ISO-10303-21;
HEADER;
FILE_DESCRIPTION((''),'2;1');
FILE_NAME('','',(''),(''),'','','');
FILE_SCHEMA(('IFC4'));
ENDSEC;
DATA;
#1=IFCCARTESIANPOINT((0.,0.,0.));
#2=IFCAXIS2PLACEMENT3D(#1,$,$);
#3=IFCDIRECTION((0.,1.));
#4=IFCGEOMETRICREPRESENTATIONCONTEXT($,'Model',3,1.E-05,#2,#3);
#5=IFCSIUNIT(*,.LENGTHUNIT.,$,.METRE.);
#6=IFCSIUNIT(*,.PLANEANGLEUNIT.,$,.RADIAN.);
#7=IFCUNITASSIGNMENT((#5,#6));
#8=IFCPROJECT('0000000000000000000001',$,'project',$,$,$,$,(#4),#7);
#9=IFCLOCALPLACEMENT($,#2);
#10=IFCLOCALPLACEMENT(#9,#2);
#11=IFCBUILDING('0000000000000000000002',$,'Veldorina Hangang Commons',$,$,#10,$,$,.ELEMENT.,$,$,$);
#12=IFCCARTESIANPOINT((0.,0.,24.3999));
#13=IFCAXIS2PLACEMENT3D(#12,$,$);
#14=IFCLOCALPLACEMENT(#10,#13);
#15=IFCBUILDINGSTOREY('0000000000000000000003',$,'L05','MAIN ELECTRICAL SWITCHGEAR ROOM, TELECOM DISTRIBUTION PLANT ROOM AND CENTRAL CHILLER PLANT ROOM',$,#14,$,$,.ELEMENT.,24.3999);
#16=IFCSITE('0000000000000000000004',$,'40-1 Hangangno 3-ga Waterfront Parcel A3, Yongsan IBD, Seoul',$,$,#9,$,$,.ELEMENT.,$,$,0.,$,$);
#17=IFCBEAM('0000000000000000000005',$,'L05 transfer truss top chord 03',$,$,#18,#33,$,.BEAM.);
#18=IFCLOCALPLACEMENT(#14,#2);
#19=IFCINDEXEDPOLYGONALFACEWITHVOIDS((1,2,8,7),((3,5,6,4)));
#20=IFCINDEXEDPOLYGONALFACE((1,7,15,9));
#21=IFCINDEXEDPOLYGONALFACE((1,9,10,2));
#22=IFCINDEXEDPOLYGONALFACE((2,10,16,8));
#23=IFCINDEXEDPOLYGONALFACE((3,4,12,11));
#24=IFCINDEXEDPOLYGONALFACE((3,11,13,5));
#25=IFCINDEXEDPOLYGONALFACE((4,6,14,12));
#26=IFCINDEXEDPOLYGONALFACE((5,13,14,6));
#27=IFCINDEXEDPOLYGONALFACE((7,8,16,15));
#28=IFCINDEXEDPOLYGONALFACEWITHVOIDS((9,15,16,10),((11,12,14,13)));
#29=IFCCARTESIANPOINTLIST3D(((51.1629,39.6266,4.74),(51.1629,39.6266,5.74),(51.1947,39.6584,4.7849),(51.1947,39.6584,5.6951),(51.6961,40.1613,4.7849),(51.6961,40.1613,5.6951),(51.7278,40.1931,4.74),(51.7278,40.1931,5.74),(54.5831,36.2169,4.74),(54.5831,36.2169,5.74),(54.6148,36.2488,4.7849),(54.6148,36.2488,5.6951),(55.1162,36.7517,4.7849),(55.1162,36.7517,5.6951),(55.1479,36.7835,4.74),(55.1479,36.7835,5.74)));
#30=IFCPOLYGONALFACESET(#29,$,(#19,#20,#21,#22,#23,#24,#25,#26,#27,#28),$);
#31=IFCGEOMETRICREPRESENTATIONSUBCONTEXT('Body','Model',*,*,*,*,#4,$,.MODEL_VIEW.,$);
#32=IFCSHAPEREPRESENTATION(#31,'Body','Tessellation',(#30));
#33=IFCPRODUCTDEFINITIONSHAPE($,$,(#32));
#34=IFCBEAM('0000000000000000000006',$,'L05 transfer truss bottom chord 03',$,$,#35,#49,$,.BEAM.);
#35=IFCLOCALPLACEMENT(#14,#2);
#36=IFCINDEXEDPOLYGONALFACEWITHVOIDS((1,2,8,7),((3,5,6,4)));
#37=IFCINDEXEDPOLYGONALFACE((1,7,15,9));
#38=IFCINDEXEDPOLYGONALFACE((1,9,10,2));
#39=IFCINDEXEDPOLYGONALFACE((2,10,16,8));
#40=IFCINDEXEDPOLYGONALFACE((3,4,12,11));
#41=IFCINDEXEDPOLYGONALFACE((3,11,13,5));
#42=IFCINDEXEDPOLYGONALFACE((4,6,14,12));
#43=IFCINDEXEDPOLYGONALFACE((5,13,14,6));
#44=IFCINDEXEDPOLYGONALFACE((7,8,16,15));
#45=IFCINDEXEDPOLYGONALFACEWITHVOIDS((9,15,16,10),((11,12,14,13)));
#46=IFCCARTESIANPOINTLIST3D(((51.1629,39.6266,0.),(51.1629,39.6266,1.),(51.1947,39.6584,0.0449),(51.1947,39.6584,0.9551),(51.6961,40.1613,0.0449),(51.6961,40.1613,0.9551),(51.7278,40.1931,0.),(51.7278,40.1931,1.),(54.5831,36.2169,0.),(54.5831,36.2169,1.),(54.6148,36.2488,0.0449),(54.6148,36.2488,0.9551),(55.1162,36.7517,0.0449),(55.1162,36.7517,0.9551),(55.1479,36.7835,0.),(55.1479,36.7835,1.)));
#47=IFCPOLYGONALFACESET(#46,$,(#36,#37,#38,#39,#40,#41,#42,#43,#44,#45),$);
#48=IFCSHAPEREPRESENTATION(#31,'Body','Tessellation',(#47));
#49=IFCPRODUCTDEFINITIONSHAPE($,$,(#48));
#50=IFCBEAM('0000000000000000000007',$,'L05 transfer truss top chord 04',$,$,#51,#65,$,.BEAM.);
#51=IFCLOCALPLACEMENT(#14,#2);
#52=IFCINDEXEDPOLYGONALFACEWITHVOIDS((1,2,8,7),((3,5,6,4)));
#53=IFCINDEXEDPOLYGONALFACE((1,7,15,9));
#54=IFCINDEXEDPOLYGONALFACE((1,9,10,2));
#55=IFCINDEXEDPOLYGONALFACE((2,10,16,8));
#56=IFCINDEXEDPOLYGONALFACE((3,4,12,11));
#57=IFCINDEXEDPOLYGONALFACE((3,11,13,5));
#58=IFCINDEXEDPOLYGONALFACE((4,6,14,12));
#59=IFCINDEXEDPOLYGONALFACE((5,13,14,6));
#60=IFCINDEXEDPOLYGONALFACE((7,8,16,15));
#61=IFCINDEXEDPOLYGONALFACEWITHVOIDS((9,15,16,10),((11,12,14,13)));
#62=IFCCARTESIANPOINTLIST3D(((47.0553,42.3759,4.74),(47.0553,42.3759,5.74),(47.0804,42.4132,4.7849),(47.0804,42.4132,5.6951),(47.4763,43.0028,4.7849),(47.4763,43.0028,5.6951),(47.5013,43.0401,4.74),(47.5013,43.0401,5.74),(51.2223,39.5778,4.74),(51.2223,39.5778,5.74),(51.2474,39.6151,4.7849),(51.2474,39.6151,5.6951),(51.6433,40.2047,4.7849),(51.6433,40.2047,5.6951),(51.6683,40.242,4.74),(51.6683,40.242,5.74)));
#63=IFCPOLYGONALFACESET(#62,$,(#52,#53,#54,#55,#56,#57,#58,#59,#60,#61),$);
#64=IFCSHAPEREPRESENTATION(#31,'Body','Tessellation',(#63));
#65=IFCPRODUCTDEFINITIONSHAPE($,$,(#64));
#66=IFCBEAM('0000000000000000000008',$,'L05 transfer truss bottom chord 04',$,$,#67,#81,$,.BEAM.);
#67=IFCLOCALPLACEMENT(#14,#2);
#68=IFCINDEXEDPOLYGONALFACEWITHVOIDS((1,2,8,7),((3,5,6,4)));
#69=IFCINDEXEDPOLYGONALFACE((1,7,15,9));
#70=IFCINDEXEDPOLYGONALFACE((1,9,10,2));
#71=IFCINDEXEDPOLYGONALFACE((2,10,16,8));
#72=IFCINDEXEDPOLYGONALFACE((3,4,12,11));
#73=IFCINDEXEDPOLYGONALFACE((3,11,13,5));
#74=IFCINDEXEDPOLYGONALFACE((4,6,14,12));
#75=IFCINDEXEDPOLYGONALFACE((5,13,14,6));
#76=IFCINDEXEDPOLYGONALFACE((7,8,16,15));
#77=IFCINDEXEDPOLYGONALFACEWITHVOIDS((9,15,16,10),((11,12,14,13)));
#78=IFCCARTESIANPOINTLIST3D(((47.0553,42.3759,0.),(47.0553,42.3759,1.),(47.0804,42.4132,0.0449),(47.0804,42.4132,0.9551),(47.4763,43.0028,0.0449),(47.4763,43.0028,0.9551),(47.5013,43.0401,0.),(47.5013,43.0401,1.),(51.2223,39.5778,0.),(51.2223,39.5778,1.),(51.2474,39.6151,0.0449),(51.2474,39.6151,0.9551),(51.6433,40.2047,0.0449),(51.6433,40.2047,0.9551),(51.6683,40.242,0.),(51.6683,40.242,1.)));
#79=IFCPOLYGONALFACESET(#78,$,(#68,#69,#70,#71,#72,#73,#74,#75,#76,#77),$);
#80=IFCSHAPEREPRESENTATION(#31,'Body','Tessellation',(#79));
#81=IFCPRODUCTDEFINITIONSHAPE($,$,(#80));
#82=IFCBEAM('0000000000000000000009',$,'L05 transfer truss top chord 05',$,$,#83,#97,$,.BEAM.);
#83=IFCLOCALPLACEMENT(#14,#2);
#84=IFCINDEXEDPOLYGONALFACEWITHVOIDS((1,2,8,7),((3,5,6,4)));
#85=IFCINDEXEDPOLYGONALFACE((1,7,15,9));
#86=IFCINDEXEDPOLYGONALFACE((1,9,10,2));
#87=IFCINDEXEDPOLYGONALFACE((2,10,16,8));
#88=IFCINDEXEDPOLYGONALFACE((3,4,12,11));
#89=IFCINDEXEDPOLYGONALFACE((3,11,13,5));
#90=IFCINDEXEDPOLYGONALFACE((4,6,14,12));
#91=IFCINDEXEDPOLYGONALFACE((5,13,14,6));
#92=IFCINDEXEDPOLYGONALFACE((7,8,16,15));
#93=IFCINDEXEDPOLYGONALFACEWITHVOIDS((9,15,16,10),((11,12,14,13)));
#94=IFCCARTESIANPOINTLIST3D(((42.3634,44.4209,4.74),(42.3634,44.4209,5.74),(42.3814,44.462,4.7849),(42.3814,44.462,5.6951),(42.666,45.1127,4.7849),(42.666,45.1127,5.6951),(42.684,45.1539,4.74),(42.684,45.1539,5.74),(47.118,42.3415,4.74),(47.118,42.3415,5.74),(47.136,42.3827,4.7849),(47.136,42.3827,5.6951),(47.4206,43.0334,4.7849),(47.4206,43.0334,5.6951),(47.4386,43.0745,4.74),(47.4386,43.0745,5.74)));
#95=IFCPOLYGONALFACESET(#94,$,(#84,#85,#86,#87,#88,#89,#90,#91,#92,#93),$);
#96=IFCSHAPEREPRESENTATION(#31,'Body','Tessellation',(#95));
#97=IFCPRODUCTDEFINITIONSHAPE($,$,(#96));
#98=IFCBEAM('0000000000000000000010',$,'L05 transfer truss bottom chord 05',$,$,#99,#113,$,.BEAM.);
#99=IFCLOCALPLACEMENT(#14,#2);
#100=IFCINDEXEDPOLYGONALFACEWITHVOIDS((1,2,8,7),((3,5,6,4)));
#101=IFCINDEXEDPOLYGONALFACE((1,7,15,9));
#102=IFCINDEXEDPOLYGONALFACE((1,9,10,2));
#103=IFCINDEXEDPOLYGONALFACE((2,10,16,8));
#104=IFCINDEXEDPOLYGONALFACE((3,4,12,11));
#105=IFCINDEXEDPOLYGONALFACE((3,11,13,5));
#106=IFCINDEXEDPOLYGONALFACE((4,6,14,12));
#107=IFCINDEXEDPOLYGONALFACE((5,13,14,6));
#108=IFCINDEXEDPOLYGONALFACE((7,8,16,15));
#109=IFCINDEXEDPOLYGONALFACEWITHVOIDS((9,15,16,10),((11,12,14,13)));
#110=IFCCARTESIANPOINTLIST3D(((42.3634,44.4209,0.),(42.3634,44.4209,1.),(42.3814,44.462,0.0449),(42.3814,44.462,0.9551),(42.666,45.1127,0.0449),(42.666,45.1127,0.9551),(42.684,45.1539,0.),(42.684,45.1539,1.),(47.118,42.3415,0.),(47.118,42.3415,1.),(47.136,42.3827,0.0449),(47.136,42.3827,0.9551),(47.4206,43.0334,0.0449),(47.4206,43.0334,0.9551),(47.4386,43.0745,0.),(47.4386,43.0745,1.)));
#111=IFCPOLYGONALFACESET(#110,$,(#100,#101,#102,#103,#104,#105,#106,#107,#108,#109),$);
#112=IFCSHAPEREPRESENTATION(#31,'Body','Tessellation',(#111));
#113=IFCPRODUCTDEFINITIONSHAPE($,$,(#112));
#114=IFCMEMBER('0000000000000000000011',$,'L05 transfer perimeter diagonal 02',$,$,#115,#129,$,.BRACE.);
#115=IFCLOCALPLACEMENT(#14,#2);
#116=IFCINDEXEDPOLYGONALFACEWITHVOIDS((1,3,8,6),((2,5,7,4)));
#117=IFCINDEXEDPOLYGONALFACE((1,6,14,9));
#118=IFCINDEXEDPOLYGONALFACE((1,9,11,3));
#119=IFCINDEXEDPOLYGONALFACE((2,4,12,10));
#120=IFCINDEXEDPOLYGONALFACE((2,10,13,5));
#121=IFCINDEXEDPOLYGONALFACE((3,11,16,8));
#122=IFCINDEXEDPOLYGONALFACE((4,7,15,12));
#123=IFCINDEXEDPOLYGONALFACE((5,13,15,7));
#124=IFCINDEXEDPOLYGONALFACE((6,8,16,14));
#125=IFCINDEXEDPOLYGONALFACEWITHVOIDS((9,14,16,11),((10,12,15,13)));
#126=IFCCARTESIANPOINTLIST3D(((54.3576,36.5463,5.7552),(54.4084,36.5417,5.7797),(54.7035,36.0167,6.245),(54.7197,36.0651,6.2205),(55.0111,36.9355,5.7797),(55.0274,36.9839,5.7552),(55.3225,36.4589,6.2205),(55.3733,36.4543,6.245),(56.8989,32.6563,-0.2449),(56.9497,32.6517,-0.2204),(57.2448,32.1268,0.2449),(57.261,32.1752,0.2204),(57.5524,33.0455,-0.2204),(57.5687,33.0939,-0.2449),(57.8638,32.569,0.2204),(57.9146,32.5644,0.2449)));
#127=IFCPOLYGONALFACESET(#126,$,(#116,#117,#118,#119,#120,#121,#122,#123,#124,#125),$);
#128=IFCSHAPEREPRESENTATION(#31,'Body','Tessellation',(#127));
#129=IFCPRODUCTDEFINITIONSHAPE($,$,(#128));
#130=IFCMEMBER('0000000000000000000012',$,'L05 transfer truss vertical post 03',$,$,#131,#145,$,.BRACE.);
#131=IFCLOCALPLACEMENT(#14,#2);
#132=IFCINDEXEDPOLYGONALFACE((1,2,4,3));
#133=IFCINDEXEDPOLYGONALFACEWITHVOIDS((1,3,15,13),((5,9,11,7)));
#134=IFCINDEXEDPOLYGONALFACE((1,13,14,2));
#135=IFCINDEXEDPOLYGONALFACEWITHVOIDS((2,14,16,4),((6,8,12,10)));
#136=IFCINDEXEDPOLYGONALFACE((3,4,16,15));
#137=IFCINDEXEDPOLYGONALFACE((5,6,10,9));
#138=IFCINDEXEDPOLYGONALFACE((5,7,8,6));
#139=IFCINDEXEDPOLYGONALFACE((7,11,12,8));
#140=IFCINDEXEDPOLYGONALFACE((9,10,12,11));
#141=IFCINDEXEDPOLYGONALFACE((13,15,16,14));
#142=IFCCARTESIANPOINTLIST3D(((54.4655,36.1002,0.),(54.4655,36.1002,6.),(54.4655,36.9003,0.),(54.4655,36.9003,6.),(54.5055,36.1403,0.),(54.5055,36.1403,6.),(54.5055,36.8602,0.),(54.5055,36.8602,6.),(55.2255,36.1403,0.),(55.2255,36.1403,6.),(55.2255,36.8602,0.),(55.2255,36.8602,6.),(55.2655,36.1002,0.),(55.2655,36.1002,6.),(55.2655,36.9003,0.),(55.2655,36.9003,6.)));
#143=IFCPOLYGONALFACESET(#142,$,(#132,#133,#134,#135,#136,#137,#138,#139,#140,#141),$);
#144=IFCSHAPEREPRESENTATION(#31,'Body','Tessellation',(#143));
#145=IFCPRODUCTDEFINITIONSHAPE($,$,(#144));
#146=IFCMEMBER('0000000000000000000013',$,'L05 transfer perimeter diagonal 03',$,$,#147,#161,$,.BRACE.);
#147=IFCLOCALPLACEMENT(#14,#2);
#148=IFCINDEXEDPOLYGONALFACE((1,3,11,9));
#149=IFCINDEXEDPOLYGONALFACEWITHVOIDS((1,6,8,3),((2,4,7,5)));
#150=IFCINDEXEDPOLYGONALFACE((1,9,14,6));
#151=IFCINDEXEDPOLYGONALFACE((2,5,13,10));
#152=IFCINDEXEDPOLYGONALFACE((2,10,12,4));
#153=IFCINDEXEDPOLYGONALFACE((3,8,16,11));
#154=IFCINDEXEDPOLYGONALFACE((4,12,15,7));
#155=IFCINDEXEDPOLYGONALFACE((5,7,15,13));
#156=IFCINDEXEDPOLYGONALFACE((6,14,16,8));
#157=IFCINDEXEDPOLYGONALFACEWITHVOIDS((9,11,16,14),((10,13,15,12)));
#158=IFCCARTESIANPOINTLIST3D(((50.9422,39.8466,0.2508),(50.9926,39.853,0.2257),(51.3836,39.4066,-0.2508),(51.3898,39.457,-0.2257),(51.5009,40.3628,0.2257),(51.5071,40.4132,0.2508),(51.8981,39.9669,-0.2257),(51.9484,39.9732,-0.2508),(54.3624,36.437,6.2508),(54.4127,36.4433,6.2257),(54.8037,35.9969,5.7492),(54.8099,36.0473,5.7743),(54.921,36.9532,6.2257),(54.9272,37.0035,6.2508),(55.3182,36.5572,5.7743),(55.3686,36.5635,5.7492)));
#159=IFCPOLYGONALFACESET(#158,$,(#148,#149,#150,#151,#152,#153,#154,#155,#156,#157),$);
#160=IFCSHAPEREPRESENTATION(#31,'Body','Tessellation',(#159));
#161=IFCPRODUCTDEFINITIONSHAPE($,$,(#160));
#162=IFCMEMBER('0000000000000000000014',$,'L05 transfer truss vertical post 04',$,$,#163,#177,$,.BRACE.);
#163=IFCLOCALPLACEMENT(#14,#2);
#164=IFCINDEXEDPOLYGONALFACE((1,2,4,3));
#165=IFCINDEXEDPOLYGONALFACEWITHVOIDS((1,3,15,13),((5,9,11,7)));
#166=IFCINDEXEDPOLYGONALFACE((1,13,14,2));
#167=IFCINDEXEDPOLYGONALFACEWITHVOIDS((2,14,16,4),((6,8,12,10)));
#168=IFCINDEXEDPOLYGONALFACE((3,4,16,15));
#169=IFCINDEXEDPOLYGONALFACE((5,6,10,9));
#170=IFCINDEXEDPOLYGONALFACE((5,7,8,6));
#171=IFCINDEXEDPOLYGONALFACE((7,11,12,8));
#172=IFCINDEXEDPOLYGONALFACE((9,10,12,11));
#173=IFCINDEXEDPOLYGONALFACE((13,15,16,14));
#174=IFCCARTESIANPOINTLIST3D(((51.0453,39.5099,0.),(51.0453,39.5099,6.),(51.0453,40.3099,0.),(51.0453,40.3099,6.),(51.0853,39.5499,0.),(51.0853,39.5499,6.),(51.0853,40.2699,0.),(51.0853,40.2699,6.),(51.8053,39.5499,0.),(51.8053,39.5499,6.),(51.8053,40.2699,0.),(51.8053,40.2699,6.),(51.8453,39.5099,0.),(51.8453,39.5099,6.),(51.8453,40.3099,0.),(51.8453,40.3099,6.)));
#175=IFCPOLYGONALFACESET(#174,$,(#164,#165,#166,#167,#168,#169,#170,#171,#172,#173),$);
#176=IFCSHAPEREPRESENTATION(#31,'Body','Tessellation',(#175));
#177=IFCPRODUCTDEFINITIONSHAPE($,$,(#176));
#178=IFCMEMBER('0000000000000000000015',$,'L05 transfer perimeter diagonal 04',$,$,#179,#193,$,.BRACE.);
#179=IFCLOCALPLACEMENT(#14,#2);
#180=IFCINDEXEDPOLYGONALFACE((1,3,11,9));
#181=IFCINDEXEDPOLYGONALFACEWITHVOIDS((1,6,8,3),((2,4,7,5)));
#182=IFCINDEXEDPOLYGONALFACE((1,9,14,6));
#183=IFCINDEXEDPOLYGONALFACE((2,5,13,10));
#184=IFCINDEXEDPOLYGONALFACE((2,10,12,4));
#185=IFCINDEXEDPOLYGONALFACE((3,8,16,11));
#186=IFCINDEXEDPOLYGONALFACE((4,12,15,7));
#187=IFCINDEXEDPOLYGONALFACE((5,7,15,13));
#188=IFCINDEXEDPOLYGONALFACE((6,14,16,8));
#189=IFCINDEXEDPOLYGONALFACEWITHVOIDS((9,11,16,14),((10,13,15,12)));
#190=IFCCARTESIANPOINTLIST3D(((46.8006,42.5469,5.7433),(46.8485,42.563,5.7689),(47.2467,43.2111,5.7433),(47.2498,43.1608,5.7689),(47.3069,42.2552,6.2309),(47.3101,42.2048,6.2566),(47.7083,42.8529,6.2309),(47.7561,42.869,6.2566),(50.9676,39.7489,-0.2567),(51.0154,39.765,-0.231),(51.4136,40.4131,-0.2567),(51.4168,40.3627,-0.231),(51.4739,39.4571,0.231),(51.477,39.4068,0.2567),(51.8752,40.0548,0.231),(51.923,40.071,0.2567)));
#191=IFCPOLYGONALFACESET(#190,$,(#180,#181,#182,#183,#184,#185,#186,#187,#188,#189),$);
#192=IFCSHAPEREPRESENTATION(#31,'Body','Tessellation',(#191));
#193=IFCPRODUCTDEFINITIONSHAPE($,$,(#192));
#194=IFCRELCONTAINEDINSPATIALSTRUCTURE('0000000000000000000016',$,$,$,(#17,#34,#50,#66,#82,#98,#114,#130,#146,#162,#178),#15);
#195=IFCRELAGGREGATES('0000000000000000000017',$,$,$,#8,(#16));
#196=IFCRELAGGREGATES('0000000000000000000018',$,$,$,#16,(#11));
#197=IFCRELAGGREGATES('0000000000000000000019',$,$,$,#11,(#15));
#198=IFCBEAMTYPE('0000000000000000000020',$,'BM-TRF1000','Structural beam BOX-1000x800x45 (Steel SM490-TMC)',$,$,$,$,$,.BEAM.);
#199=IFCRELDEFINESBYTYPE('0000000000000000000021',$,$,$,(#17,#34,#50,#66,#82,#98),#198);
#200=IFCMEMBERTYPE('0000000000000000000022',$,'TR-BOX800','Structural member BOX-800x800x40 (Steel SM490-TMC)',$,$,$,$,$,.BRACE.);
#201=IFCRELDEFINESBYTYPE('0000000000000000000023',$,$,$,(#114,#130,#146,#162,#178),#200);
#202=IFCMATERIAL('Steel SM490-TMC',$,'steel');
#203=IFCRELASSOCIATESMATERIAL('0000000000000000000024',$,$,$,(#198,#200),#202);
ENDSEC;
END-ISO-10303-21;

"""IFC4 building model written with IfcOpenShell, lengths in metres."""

from ifc_helpers import new_model, si_unit, direction, frame, origin, origin_2d, place, context, subcontext, project, spatial, hollow_rectangle, extrude, material, material_profile, profile_set, type_object, element, save


model = new_model("IFC4")

# Units and contexts
model_context = context("Model", 3, precision=1e-05, world=origin(), true_north=direction((0.0, 1.0)))
body_context = subcontext(model_context, "Body", "Model", "MODEL_VIEW")
ifc_project = project(units=[si_unit("LENGTHUNIT", "METRE"), si_unit("PLANEANGLEUNIT", "RADIAN")], contexts=[model_context])

# Site, building, storey
site_placement = place(None, origin())
site = spatial("IfcSite", under=ifc_project, at=site_placement, Name="40-1 Hangangno 3-ga Waterfront Parcel A3, Yongsan IBD, Seoul", CompositionType="ELEMENT", RefElevation=0.0)
building_placement = place(site_placement, origin())
building = spatial("IfcBuilding", under=site, at=building_placement, Name="Veldorina Hangang Commons", CompositionType="ELEMENT")
storey_placement = place(building_placement, frame((0.0, 0.0, 24.3999)))
storey = spatial("IfcBuildingStorey", under=building, at=storey_placement, Name="L05", Description="MAIN ELECTRICAL SWITCHGEAR ROOM, TELECOM DISTRIBUTION PLANT ROOM AND CENTRAL CHILLER PLANT ROOM", CompositionType="ELEMENT", Elevation=24.3999)

# Beams
ifc_material_1 = material(Name="Steel SM490-TMC", Category="steel")
ifc_material_profile_1 = material_profile(ifc_material_1, hollow_rectangle(XDim=0.8, YDim=1.0, WallThickness=0.0449, at=origin_2d()), Name="BOX-1000x800x45")
ifc_profile_set_1 = profile_set([ifc_material_profile_1], Name="Steel SM490-TMC")
beam_type = type_object("IfcBeamType", Name="BM-TRF1000", Description="Structural beam BOX-1000x800x45 (Steel SM490-TMC)", PredefinedType="BEAM", material=ifc_profile_set_1)
for number, where, z_axis, x_axis, name in (
    (1, (54.8655, 36.5002, 5.24), (-0.708193, 0.706019, 0.0), (-0.706019, -0.708193, 0.0), "L05 transfer truss top chord 03"),
    (2, (54.8655, 36.5002, 0.5), (-0.708193, 0.706019, 0.0), (-0.706019, -0.708193, 0.0), "L05 transfer truss bottom chord 03"),
):
    element("IfcBeam", number, at=place(storey_placement, frame(where, z_axis=z_axis, x_axis=x_axis)), inside=storey, type_object=beam_type, Name=name, PredefinedType="BEAM", context=body_context, shape_type="SweptSolid", body=[
        extrude(hollow_rectangle(XDim=0.8, YDim=1.0, WallThickness=0.0449, at=origin_2d()), origin(), (0.0, 0.0, 1.0), 4.8293),
    ])
for number, where, z_axis, x_axis, name in (
    (3, (51.4453, 39.9099, 5.24), (-0.830197, 0.55747, 0.0), (-0.55747, -0.830197, 0.0), "L05 transfer truss top chord 04"),
    (4, (51.4453, 39.9099, 0.5), (-0.830197, 0.55747, 0.0), (-0.55747, -0.830197, 0.0), "L05 transfer truss bottom chord 04"),
):
    element("IfcBeam", number, at=place(storey_placement, frame(where, z_axis=z_axis, x_axis=x_axis)), inside=storey, type_object=beam_type, Name=name, PredefinedType="BEAM", context=body_context, shape_type="SweptSolid", body=[
        extrude(hollow_rectangle(XDim=0.8, YDim=1.0, WallThickness=0.0449, at=origin_2d()), origin(), (0.0, 0.0, 1.0), 5.0193),
    ])
for number, where, z_axis, x_axis, name in (
    (5, (47.2783, 42.708, 5.24), (-0.916215, 0.400688, 0.0), (-0.400688, -0.916215, 0.0), "L05 transfer truss top chord 05"),
    (6, (47.2783, 42.708, 0.5), (-0.916215, 0.400688, 0.0), (-0.400688, -0.916215, 0.0), "L05 transfer truss bottom chord 05"),
):
    element("IfcBeam", number, at=place(storey_placement, frame(where, z_axis=z_axis, x_axis=x_axis)), inside=storey, type_object=beam_type, Name=name, PredefinedType="BEAM", context=body_context, shape_type="SweptSolid", body=[
        extrude(hollow_rectangle(XDim=0.8, YDim=1.0, WallThickness=0.0449, at=origin_2d()), origin(), (0.0, 0.0, 1.0), 5.1895),
    ])

# Members
ifc_material_profile_2 = material_profile(ifc_material_1, hollow_rectangle(XDim=0.8, YDim=0.8, WallThickness=0.04, at=origin_2d()), Name="BOX-800x800x40")
ifc_profile_set_2 = profile_set([ifc_material_profile_2], Name="Steel SM490-TMC")
member_type = type_object("IfcMemberType", Name="TR-BOX800", Description="Structural member BOX-800x800x40 (Steel SM490-TMC)", PredefinedType="BRACE", material=ifc_profile_set_2)
member_1_placement = place(storey_placement, frame((57.4067, 32.6104, 0.0), z_axis=(-0.334872, 0.512586, 0.790643), x_axis=(-0.83718, -0.546928, 0.0)))
element("IfcMember", 7, at=member_1_placement, inside=storey, type_object=member_type, Name="L05 transfer perimeter diagonal 02", PredefinedType="BRACE", context=body_context, shape_type="SweptSolid", body=[
    extrude(hollow_rectangle(XDim=0.8, YDim=0.8, WallThickness=0.04, at=origin_2d()), origin(), (0.0, 0.0, 1.0), 7.5889),
])
member_2_placement = place(storey_placement, frame((54.8655, 36.5002, 0.0), z_axis=(0.0, 0.0, 1.0), x_axis=(1.0, 0.0, 0.0)))
element("IfcMember", 8, at=member_2_placement, inside=storey, type_object=member_type, Name="L05 transfer truss vertical post 03", PredefinedType="BRACE", context=body_context, shape_type="SweptSolid", body=[
    extrude(hollow_rectangle(XDim=0.8, YDim=0.8, WallThickness=0.04, at=origin_2d()), origin(), (0.0, 0.0, 1.0), 6.0),
])
member_3_placement = place(storey_placement, frame((54.8655, 36.5002, 6.0), z_axis=(-0.444052, 0.442689, -0.779002), x_axis=(-0.706019, -0.708193, 0.0)))
element("IfcMember", 9, at=member_3_placement, inside=storey, type_object=member_type, Name="L05 transfer perimeter diagonal 03", PredefinedType="BRACE", context=body_context, shape_type="SweptSolid", body=[
    extrude(hollow_rectangle(XDim=0.8, YDim=0.8, WallThickness=0.04, at=origin_2d()), origin(), (0.0, 0.0, 1.0), 7.7021),
])
member_4_placement = place(storey_placement, frame((51.4453, 39.9099, 0.0), z_axis=(0.0, 0.0, 1.0), x_axis=(1.0, 0.0, 0.0)))
element("IfcMember", 10, at=member_4_placement, inside=storey, type_object=member_type, Name="L05 transfer truss vertical post 04", PredefinedType="BRACE", context=body_context, shape_type="SweptSolid", body=[
    extrude(hollow_rectangle(XDim=0.8, YDim=0.8, WallThickness=0.04, at=origin_2d()), origin(), (0.0, 0.0, 1.0), 6.0),
])
member_5_placement = place(storey_placement, frame((51.4453, 39.9099, 0.0), z_axis=(-0.532686, 0.357694, 0.767008), x_axis=(-0.55747, -0.830197, 0.0)))
element("IfcMember", 11, at=member_5_placement, inside=storey, type_object=member_type, Name="L05 transfer perimeter diagonal 04", PredefinedType="BRACE", context=body_context, shape_type="SweptSolid", body=[
    extrude(hollow_rectangle(XDim=0.8, YDim=0.8, WallThickness=0.04, at=origin_2d()), origin(), (0.0, 0.0, 1.0), 7.8225),
])

save(model, "model.ifc")
